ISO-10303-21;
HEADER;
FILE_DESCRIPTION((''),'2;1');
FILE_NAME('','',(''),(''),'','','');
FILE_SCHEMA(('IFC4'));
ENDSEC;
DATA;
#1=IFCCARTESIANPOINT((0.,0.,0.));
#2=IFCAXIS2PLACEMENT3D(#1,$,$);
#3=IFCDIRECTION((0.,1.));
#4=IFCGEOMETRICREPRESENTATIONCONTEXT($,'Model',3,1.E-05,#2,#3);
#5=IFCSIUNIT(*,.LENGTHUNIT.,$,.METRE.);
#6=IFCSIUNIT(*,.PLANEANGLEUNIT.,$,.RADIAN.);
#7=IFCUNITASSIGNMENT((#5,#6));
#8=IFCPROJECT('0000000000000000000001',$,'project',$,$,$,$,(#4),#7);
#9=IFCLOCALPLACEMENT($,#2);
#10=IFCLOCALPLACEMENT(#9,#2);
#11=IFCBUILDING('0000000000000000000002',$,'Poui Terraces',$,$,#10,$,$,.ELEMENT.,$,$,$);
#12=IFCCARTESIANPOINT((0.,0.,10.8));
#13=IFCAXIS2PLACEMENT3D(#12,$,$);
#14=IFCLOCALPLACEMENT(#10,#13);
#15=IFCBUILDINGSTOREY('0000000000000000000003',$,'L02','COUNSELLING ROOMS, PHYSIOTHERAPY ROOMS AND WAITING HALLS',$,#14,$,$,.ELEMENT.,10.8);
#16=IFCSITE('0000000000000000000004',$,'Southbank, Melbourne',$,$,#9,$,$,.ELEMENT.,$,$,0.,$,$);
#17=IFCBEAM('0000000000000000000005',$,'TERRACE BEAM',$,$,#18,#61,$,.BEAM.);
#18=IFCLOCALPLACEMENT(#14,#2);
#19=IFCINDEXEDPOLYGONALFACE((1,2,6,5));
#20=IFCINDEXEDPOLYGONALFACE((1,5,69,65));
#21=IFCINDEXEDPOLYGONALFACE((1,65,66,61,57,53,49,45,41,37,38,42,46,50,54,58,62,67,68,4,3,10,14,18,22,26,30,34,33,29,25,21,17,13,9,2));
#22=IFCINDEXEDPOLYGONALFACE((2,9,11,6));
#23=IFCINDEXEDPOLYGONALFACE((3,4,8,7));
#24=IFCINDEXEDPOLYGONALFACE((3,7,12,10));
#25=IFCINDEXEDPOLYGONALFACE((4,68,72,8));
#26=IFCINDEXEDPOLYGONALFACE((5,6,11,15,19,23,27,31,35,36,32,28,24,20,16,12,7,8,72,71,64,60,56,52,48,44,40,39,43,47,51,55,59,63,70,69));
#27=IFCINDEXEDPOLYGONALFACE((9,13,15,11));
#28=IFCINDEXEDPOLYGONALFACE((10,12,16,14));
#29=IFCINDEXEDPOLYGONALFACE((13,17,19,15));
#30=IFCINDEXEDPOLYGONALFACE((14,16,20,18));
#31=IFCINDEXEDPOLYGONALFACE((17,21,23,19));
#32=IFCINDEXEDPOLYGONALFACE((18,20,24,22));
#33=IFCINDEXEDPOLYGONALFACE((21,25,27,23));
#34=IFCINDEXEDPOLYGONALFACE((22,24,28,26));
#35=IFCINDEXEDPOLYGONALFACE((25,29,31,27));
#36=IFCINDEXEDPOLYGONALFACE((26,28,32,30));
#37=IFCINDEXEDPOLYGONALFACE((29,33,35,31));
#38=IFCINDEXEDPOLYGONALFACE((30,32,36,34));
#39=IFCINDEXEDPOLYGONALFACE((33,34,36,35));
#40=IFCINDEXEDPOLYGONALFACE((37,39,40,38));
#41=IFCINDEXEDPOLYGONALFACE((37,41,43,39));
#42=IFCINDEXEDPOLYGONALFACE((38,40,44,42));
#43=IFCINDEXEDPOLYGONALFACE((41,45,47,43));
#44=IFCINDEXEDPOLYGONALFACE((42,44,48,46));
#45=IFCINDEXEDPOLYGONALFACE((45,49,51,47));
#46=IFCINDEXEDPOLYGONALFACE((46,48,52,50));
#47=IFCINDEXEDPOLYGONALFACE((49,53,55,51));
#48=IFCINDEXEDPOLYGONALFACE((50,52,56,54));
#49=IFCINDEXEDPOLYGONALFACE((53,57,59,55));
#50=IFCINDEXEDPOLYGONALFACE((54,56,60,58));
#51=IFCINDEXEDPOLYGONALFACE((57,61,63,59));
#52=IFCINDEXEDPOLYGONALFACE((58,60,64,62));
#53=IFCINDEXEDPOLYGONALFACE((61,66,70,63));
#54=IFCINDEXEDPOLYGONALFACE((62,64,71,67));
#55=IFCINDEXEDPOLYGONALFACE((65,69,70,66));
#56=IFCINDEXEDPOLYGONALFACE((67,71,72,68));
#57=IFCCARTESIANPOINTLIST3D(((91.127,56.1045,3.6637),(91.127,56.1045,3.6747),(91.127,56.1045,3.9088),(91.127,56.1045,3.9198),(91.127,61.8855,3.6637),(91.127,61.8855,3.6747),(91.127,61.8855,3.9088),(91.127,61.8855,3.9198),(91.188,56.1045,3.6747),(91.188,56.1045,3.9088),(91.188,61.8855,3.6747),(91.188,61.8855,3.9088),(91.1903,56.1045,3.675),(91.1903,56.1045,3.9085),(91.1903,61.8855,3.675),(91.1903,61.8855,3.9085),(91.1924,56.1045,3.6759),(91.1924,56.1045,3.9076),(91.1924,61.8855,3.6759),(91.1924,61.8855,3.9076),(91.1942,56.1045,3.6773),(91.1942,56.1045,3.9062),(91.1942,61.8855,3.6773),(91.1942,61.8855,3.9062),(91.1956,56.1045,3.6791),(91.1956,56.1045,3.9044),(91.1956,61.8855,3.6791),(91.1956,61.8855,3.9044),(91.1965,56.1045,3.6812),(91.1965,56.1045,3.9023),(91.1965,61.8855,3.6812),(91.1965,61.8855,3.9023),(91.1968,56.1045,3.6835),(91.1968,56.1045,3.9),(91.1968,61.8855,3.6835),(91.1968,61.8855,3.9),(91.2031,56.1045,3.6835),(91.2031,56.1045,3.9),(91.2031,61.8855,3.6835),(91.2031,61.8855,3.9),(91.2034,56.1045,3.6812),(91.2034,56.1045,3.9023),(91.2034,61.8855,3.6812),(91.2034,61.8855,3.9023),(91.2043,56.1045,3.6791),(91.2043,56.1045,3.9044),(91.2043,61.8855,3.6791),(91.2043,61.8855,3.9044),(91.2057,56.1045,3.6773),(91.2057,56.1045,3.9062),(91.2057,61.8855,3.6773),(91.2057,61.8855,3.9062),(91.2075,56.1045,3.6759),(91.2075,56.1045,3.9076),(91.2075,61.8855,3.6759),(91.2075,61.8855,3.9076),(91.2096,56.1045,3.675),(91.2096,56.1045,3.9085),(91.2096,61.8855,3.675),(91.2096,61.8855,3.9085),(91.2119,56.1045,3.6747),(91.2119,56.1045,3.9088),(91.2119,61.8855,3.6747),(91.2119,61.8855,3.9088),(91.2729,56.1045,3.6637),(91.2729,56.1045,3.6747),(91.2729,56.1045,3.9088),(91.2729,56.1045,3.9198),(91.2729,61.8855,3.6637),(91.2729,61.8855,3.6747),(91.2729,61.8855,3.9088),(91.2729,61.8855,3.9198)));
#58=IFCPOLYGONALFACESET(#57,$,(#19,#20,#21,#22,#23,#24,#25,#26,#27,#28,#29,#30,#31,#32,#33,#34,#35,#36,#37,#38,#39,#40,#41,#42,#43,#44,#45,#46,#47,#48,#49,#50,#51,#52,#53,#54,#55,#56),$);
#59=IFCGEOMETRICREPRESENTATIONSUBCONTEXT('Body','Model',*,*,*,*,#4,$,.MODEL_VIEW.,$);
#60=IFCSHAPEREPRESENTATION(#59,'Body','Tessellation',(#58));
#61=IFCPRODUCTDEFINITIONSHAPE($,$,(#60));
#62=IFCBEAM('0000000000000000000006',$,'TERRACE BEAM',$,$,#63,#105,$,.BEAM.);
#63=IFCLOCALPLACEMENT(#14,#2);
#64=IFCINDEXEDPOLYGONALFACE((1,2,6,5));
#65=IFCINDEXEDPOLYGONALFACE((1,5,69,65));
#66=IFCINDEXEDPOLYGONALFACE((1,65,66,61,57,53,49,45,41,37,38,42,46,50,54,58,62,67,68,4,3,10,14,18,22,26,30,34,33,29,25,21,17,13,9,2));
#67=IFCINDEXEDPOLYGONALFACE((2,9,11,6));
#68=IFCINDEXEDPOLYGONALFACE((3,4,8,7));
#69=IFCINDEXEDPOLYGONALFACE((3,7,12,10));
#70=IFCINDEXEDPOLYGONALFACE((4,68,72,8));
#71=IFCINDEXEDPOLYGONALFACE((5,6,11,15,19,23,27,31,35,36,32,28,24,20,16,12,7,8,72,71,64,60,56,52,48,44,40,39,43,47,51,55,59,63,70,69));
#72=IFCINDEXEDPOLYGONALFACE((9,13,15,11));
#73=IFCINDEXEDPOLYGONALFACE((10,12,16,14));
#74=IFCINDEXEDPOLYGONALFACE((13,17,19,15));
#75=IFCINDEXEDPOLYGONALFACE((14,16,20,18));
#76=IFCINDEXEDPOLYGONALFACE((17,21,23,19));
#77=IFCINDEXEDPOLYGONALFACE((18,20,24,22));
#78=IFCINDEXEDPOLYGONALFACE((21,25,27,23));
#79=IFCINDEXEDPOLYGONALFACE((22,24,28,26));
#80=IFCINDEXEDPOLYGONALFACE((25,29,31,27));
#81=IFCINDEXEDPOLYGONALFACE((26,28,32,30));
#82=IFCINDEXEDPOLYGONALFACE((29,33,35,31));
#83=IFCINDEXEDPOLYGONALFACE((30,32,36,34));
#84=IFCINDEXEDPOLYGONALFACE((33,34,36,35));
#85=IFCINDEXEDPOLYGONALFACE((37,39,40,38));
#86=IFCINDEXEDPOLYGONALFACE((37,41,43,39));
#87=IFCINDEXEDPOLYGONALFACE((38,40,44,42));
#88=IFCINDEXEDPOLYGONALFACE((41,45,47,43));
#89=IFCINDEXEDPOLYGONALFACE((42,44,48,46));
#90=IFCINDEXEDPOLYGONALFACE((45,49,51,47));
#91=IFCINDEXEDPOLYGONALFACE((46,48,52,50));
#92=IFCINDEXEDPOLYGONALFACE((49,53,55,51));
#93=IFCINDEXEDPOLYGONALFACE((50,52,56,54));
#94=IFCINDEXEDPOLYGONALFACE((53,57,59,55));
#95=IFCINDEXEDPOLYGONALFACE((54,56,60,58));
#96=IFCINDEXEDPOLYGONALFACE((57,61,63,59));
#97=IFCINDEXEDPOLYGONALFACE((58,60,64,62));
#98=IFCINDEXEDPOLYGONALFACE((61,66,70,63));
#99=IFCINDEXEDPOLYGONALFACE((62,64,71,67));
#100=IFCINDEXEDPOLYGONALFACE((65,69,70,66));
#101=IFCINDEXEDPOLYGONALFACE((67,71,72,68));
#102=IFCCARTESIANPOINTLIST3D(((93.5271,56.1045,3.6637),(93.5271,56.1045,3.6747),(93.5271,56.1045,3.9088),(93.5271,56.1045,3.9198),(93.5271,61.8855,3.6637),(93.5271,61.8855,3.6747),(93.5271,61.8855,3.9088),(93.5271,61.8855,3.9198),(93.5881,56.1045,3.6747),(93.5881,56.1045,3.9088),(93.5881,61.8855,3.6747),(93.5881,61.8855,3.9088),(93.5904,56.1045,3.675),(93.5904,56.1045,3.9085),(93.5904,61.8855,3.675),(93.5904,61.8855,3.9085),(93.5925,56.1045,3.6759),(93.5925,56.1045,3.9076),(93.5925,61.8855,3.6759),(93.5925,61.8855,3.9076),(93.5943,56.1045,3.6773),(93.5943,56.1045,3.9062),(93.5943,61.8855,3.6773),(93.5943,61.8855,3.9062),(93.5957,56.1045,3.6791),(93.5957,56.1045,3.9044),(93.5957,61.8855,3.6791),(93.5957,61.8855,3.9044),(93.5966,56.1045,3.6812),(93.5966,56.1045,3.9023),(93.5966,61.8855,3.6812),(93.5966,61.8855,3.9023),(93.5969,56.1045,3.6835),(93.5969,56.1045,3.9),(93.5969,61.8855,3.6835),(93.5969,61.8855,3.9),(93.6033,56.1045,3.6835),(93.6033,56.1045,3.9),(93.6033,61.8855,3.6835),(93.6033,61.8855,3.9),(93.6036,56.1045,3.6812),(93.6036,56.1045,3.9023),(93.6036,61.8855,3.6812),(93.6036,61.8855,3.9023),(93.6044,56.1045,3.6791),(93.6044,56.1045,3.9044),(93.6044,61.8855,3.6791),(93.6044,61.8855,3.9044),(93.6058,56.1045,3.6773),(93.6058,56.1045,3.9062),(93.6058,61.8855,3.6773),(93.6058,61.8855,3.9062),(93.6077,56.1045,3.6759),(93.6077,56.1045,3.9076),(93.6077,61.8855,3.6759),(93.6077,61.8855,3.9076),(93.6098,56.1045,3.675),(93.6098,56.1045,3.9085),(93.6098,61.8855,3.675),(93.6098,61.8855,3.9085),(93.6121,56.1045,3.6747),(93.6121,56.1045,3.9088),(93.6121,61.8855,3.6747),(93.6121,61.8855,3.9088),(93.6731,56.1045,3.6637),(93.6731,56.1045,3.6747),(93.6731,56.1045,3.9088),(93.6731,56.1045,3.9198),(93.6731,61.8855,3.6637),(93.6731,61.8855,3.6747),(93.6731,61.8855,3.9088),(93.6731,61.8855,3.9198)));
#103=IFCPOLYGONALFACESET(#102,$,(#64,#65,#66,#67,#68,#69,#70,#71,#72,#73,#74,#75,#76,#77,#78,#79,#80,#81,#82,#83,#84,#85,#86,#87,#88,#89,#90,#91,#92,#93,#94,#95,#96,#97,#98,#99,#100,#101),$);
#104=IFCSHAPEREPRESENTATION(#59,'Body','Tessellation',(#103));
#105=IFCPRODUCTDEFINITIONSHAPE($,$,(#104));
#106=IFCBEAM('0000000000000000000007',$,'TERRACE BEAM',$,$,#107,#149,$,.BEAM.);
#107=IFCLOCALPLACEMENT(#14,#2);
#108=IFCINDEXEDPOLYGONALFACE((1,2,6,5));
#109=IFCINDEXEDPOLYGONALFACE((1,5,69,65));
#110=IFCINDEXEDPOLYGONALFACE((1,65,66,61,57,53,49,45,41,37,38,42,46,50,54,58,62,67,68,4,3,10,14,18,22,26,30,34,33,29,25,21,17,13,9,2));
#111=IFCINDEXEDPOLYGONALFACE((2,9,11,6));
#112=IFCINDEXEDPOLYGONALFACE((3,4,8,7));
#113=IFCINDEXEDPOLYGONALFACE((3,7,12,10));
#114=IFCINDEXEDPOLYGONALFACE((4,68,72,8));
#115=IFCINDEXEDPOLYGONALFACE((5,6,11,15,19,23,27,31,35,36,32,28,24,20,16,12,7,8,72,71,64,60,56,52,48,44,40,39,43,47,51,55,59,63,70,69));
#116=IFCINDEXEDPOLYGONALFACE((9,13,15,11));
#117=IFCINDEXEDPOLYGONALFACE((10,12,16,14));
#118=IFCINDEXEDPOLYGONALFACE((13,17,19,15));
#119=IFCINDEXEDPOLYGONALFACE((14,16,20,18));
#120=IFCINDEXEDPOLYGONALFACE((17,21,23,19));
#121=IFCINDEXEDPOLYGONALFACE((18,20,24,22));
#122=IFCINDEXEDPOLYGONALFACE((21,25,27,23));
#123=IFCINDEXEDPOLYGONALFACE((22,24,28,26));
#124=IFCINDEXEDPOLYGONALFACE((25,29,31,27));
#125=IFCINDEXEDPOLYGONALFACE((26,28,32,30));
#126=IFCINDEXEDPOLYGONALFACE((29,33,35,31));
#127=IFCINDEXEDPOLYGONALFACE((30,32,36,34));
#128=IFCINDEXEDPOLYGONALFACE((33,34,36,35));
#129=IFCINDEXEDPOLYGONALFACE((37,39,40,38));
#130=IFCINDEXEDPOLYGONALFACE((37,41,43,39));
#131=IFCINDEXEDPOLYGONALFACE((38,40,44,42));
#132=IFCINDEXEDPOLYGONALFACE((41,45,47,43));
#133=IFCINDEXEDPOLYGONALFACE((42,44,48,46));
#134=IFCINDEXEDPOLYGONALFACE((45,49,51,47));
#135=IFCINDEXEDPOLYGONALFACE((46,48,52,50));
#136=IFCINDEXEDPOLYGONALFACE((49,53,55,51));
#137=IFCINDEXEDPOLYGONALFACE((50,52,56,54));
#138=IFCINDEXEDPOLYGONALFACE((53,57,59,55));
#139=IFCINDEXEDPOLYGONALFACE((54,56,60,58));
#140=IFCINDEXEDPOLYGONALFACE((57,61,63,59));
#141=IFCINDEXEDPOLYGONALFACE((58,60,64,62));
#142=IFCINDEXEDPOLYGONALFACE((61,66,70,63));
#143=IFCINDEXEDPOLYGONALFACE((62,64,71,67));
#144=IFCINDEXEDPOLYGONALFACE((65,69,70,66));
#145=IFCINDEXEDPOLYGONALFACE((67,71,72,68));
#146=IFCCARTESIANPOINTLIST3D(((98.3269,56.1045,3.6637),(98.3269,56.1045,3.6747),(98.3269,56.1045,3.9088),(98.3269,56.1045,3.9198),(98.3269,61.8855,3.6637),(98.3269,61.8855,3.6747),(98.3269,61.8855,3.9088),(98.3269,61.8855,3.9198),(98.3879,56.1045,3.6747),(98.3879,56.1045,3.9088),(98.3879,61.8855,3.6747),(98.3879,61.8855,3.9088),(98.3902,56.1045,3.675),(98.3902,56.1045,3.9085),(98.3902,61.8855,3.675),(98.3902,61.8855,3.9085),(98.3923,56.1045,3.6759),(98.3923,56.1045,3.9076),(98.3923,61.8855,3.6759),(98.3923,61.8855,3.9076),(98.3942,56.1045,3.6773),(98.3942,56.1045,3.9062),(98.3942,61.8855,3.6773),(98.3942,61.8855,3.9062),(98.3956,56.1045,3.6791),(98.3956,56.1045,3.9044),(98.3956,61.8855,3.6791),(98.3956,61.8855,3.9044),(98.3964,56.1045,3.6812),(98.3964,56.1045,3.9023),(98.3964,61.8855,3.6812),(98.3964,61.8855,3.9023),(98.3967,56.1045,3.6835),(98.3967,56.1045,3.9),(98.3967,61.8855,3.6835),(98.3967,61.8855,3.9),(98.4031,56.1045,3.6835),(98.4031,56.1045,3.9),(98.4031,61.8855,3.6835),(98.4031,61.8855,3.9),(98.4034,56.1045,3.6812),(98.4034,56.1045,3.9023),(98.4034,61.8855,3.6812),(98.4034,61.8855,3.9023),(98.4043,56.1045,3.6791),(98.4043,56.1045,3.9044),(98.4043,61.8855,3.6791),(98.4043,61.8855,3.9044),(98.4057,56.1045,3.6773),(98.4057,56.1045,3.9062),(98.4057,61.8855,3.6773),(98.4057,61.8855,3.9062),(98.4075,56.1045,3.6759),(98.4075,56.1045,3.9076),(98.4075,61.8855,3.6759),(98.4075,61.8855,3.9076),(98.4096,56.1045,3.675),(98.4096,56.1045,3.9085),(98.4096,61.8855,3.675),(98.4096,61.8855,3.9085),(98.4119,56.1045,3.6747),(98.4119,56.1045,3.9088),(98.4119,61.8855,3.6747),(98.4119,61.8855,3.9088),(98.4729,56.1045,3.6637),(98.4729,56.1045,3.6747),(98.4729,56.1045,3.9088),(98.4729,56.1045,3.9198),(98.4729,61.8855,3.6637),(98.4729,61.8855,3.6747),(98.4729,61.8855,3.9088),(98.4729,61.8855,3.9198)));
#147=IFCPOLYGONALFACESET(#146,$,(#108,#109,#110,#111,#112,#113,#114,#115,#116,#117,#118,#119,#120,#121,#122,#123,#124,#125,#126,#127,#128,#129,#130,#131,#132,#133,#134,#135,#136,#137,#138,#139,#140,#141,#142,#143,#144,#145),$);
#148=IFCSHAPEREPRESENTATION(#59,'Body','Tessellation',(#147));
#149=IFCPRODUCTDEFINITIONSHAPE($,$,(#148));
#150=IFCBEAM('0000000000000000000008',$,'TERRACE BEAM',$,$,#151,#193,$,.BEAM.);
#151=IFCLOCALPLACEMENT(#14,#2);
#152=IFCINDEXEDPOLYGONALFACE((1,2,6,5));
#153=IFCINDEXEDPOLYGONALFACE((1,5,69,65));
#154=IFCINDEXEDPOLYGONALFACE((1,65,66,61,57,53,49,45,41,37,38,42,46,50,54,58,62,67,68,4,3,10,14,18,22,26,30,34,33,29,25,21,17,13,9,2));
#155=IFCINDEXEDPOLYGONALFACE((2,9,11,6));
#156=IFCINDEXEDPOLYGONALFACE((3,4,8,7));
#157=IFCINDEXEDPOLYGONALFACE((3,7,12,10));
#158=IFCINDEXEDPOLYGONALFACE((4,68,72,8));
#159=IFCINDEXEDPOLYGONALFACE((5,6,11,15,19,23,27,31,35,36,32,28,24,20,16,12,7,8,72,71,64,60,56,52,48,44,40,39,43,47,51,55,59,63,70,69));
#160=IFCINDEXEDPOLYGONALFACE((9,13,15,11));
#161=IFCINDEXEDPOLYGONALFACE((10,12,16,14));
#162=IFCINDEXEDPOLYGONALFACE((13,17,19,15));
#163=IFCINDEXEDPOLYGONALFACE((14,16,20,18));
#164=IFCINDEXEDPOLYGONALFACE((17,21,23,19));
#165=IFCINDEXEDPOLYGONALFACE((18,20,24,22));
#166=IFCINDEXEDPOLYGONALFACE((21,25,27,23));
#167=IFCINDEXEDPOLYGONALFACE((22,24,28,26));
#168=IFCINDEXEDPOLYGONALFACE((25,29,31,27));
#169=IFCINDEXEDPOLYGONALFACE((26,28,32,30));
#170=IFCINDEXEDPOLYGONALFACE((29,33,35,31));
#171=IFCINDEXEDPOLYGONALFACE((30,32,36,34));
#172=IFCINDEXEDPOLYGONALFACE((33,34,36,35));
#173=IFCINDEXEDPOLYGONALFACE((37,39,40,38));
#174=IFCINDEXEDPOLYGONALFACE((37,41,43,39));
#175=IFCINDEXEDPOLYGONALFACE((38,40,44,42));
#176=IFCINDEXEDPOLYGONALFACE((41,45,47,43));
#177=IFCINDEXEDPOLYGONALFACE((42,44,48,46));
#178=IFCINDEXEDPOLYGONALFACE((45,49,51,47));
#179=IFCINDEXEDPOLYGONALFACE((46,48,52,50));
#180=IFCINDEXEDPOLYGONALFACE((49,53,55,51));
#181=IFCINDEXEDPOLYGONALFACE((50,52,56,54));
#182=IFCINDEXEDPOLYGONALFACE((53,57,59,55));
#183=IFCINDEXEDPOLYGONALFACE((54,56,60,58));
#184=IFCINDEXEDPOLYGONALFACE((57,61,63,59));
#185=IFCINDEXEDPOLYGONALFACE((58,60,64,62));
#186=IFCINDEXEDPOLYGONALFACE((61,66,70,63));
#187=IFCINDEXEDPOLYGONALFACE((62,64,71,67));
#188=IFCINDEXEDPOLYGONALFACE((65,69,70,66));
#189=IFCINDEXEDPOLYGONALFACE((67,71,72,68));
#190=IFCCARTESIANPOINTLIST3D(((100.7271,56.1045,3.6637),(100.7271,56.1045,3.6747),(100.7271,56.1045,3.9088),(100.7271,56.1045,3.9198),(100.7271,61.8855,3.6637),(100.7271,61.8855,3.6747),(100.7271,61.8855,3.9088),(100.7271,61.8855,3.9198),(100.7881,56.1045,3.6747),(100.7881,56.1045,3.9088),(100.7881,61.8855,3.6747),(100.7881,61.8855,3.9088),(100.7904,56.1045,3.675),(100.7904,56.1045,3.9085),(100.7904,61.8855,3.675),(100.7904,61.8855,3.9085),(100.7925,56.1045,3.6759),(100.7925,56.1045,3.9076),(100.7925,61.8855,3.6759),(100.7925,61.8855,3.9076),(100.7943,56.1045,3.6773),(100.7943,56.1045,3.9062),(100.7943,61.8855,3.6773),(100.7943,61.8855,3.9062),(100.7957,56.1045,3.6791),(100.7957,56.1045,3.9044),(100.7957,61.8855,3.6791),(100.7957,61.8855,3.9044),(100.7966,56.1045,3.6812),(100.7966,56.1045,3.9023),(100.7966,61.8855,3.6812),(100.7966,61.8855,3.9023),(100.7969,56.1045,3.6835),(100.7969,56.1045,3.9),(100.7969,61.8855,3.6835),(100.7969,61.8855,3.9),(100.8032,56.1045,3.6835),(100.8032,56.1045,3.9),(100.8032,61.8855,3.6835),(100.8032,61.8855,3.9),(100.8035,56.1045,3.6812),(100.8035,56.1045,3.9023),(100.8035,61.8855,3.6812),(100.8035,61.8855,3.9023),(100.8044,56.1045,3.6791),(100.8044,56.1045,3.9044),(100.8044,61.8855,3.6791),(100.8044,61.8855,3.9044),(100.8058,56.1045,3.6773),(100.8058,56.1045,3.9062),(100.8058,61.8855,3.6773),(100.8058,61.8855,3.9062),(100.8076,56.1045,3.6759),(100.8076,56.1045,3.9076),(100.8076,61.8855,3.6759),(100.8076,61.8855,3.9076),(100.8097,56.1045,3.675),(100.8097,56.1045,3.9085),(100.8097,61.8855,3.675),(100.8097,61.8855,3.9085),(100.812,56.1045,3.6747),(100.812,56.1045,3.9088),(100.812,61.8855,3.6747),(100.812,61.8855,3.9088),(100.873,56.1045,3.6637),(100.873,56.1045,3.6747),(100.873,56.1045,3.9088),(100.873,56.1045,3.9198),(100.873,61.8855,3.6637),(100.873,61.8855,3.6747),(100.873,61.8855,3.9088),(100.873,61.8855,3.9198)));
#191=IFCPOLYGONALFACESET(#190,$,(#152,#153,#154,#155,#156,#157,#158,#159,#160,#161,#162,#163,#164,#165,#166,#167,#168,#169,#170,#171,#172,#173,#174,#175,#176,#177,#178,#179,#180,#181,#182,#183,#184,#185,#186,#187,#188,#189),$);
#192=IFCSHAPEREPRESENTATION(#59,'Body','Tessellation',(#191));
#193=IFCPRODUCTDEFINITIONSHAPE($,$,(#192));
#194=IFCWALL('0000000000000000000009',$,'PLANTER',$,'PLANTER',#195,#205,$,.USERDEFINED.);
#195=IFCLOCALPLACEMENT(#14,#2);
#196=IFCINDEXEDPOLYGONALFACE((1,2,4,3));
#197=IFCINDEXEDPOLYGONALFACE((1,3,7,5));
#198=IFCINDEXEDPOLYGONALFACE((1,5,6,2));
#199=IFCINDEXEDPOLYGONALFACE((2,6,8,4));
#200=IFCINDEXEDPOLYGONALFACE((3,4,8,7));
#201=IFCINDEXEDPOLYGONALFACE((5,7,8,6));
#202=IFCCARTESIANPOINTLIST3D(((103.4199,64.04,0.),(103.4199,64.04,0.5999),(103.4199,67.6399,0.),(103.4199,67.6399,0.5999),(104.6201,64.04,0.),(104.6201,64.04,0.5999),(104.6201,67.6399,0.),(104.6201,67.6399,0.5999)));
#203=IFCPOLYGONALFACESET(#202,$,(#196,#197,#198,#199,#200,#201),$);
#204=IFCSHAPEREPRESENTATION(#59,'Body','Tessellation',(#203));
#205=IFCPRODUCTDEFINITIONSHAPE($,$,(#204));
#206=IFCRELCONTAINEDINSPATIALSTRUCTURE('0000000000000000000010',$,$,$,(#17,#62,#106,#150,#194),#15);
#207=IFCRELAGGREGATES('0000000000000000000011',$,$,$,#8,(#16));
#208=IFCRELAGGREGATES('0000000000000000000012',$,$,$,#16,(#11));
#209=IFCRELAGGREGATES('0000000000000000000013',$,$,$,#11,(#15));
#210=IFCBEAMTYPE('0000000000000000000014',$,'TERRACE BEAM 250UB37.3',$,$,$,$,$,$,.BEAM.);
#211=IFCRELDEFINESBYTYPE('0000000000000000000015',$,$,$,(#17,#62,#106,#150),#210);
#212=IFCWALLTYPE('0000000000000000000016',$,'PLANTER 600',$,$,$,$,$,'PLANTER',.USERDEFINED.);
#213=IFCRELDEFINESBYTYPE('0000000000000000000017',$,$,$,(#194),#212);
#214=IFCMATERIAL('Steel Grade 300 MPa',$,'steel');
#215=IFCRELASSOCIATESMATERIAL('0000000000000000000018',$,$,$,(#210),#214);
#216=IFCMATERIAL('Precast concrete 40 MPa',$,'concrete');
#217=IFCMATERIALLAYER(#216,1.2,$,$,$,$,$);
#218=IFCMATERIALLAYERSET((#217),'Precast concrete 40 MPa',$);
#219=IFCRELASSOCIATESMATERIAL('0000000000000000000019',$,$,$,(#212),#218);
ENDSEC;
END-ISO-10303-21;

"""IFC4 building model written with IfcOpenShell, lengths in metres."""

from ifc_helpers import new_model, si_unit, direction, frame, origin, origin_2d, place, context, subcontext, project, spatial, polyline, i_section, outline, extrude, source, transform, mapped, material, layer, layer_set, material_profile, profile_set, type_object, element, save


model = new_model("IFC4")

# Units and contexts
model_context = context("Model", 3, precision=1e-05, world=origin(), true_north=direction((0.0, 1.0)))
body_context = subcontext(model_context, "Body", "Model", "MODEL_VIEW")
ifc_project = project(units=[si_unit("LENGTHUNIT", "METRE"), si_unit("PLANEANGLEUNIT", "RADIAN")], contexts=[model_context])

# Site, building, storey
site_placement = place(None, origin())
site = spatial("IfcSite", under=ifc_project, at=site_placement, Name="Southbank, Melbourne", CompositionType="ELEMENT", RefElevation=0.0)
building_placement = place(site_placement, origin())
building = spatial("IfcBuilding", under=site, at=building_placement, Name="Poui Terraces", CompositionType="ELEMENT")
storey_placement = place(building_placement, frame((0.0, 0.0, 10.8)))
storey = spatial("IfcBuildingStorey", under=building, at=storey_placement, Name="L02", Description="COUNSELLING ROOMS, PHYSIOTHERAPY ROOMS AND WAITING HALLS", CompositionType="ELEMENT", Elevation=10.8)

# Beams
ifc_material_1 = material(Name="Steel Grade 300 MPa", Category="steel")
ifc_material_profile_1 = material_profile(ifc_material_1, i_section(OverallWidth=0.146, OverallDepth=0.2561, WebThickness=0.0063, FlangeThickness=0.011, FilletRadius=0.0088, at=origin_2d()), Name="250UB37.3")
ifc_profile_set_1 = profile_set([ifc_material_profile_1], Name="Steel Grade 300 MPa")
beam_type_1 = type_object("IfcBeamType", Name="TERRACE BEAM 250UB37.3", PredefinedType="BEAM", material=ifc_profile_set_1)
shared_shape_1 = source(origin(), body_context, "Body", "SweptSolid", [
    extrude(i_section(OverallWidth=0.146, OverallDepth=0.2561, WebThickness=0.0063, FlangeThickness=0.011, FilletRadius=0.0088, at=origin_2d()), origin(), (0.0, 0.0, 1.0), 5.781),
])
for number, where, z_axis, x_axis, name in (
    (1, (91.2, 56.1045, 3.7917), (0.0, 1.0, 0.0), (-1.0, 0.0, 0.0), "TERRACE BEAM"),
    (2, (93.6001, 56.1045, 3.7917), (0.0, 1.0, 0.0), (-1.0, 0.0, 0.0), "TERRACE BEAM"),
    (3, (98.3999, 56.1045, 3.7917), (0.0, 1.0, 0.0), (-1.0, 0.0, 0.0), "TERRACE BEAM"),
    (4, (100.8, 56.1045, 3.7917), (0.0, 1.0, 0.0), (-1.0, 0.0, 0.0), "TERRACE BEAM"),
):
    element("IfcBeam", number, at=place(storey_placement, frame(where, z_axis=z_axis, x_axis=x_axis)), inside=storey, type_object=beam_type_1, Name=name, PredefinedType="BEAM", context=body_context, shape_type="MappedRepresentation", body=[
        mapped(shared_shape_1, transform((0.0, 0.0, 0.0))),
    ])

# Wall
ifc_material_2 = material(Name="Precast concrete 40 MPa", Category="concrete")
ifc_layer = layer(ifc_material_2, 1.2)
ifc_layer_set = layer_set([ifc_layer], Name="Precast concrete 40 MPa")
wall_type = type_object("IfcWallType", Name="PLANTER 600", ElementType="PLANTER", PredefinedType="USERDEFINED", material=ifc_layer_set)
shared_shape_2 = source(origin(), body_context, "Body", "SweptSolid", [
    extrude(outline(polyline([(0.0, 0.0), (1.2002, 0.0), (1.2002, 3.5999), (0.0, 3.5999), (0.0, 0.0)])), origin(), (0.0, 0.0, 1.0), 0.5999),
])
wall_placement = place(storey_placement, frame((103.4199, 64.04, 0.0)))
element("IfcWall", 5, at=wall_placement, inside=storey, type_object=wall_type, Name="PLANTER", ObjectType="PLANTER", PredefinedType="USERDEFINED", context=body_context, shape_type="MappedRepresentation", body=[
    mapped(shared_shape_2, transform((0.0, 0.0, 0.0))),
])

save(model, "model.ifc")
